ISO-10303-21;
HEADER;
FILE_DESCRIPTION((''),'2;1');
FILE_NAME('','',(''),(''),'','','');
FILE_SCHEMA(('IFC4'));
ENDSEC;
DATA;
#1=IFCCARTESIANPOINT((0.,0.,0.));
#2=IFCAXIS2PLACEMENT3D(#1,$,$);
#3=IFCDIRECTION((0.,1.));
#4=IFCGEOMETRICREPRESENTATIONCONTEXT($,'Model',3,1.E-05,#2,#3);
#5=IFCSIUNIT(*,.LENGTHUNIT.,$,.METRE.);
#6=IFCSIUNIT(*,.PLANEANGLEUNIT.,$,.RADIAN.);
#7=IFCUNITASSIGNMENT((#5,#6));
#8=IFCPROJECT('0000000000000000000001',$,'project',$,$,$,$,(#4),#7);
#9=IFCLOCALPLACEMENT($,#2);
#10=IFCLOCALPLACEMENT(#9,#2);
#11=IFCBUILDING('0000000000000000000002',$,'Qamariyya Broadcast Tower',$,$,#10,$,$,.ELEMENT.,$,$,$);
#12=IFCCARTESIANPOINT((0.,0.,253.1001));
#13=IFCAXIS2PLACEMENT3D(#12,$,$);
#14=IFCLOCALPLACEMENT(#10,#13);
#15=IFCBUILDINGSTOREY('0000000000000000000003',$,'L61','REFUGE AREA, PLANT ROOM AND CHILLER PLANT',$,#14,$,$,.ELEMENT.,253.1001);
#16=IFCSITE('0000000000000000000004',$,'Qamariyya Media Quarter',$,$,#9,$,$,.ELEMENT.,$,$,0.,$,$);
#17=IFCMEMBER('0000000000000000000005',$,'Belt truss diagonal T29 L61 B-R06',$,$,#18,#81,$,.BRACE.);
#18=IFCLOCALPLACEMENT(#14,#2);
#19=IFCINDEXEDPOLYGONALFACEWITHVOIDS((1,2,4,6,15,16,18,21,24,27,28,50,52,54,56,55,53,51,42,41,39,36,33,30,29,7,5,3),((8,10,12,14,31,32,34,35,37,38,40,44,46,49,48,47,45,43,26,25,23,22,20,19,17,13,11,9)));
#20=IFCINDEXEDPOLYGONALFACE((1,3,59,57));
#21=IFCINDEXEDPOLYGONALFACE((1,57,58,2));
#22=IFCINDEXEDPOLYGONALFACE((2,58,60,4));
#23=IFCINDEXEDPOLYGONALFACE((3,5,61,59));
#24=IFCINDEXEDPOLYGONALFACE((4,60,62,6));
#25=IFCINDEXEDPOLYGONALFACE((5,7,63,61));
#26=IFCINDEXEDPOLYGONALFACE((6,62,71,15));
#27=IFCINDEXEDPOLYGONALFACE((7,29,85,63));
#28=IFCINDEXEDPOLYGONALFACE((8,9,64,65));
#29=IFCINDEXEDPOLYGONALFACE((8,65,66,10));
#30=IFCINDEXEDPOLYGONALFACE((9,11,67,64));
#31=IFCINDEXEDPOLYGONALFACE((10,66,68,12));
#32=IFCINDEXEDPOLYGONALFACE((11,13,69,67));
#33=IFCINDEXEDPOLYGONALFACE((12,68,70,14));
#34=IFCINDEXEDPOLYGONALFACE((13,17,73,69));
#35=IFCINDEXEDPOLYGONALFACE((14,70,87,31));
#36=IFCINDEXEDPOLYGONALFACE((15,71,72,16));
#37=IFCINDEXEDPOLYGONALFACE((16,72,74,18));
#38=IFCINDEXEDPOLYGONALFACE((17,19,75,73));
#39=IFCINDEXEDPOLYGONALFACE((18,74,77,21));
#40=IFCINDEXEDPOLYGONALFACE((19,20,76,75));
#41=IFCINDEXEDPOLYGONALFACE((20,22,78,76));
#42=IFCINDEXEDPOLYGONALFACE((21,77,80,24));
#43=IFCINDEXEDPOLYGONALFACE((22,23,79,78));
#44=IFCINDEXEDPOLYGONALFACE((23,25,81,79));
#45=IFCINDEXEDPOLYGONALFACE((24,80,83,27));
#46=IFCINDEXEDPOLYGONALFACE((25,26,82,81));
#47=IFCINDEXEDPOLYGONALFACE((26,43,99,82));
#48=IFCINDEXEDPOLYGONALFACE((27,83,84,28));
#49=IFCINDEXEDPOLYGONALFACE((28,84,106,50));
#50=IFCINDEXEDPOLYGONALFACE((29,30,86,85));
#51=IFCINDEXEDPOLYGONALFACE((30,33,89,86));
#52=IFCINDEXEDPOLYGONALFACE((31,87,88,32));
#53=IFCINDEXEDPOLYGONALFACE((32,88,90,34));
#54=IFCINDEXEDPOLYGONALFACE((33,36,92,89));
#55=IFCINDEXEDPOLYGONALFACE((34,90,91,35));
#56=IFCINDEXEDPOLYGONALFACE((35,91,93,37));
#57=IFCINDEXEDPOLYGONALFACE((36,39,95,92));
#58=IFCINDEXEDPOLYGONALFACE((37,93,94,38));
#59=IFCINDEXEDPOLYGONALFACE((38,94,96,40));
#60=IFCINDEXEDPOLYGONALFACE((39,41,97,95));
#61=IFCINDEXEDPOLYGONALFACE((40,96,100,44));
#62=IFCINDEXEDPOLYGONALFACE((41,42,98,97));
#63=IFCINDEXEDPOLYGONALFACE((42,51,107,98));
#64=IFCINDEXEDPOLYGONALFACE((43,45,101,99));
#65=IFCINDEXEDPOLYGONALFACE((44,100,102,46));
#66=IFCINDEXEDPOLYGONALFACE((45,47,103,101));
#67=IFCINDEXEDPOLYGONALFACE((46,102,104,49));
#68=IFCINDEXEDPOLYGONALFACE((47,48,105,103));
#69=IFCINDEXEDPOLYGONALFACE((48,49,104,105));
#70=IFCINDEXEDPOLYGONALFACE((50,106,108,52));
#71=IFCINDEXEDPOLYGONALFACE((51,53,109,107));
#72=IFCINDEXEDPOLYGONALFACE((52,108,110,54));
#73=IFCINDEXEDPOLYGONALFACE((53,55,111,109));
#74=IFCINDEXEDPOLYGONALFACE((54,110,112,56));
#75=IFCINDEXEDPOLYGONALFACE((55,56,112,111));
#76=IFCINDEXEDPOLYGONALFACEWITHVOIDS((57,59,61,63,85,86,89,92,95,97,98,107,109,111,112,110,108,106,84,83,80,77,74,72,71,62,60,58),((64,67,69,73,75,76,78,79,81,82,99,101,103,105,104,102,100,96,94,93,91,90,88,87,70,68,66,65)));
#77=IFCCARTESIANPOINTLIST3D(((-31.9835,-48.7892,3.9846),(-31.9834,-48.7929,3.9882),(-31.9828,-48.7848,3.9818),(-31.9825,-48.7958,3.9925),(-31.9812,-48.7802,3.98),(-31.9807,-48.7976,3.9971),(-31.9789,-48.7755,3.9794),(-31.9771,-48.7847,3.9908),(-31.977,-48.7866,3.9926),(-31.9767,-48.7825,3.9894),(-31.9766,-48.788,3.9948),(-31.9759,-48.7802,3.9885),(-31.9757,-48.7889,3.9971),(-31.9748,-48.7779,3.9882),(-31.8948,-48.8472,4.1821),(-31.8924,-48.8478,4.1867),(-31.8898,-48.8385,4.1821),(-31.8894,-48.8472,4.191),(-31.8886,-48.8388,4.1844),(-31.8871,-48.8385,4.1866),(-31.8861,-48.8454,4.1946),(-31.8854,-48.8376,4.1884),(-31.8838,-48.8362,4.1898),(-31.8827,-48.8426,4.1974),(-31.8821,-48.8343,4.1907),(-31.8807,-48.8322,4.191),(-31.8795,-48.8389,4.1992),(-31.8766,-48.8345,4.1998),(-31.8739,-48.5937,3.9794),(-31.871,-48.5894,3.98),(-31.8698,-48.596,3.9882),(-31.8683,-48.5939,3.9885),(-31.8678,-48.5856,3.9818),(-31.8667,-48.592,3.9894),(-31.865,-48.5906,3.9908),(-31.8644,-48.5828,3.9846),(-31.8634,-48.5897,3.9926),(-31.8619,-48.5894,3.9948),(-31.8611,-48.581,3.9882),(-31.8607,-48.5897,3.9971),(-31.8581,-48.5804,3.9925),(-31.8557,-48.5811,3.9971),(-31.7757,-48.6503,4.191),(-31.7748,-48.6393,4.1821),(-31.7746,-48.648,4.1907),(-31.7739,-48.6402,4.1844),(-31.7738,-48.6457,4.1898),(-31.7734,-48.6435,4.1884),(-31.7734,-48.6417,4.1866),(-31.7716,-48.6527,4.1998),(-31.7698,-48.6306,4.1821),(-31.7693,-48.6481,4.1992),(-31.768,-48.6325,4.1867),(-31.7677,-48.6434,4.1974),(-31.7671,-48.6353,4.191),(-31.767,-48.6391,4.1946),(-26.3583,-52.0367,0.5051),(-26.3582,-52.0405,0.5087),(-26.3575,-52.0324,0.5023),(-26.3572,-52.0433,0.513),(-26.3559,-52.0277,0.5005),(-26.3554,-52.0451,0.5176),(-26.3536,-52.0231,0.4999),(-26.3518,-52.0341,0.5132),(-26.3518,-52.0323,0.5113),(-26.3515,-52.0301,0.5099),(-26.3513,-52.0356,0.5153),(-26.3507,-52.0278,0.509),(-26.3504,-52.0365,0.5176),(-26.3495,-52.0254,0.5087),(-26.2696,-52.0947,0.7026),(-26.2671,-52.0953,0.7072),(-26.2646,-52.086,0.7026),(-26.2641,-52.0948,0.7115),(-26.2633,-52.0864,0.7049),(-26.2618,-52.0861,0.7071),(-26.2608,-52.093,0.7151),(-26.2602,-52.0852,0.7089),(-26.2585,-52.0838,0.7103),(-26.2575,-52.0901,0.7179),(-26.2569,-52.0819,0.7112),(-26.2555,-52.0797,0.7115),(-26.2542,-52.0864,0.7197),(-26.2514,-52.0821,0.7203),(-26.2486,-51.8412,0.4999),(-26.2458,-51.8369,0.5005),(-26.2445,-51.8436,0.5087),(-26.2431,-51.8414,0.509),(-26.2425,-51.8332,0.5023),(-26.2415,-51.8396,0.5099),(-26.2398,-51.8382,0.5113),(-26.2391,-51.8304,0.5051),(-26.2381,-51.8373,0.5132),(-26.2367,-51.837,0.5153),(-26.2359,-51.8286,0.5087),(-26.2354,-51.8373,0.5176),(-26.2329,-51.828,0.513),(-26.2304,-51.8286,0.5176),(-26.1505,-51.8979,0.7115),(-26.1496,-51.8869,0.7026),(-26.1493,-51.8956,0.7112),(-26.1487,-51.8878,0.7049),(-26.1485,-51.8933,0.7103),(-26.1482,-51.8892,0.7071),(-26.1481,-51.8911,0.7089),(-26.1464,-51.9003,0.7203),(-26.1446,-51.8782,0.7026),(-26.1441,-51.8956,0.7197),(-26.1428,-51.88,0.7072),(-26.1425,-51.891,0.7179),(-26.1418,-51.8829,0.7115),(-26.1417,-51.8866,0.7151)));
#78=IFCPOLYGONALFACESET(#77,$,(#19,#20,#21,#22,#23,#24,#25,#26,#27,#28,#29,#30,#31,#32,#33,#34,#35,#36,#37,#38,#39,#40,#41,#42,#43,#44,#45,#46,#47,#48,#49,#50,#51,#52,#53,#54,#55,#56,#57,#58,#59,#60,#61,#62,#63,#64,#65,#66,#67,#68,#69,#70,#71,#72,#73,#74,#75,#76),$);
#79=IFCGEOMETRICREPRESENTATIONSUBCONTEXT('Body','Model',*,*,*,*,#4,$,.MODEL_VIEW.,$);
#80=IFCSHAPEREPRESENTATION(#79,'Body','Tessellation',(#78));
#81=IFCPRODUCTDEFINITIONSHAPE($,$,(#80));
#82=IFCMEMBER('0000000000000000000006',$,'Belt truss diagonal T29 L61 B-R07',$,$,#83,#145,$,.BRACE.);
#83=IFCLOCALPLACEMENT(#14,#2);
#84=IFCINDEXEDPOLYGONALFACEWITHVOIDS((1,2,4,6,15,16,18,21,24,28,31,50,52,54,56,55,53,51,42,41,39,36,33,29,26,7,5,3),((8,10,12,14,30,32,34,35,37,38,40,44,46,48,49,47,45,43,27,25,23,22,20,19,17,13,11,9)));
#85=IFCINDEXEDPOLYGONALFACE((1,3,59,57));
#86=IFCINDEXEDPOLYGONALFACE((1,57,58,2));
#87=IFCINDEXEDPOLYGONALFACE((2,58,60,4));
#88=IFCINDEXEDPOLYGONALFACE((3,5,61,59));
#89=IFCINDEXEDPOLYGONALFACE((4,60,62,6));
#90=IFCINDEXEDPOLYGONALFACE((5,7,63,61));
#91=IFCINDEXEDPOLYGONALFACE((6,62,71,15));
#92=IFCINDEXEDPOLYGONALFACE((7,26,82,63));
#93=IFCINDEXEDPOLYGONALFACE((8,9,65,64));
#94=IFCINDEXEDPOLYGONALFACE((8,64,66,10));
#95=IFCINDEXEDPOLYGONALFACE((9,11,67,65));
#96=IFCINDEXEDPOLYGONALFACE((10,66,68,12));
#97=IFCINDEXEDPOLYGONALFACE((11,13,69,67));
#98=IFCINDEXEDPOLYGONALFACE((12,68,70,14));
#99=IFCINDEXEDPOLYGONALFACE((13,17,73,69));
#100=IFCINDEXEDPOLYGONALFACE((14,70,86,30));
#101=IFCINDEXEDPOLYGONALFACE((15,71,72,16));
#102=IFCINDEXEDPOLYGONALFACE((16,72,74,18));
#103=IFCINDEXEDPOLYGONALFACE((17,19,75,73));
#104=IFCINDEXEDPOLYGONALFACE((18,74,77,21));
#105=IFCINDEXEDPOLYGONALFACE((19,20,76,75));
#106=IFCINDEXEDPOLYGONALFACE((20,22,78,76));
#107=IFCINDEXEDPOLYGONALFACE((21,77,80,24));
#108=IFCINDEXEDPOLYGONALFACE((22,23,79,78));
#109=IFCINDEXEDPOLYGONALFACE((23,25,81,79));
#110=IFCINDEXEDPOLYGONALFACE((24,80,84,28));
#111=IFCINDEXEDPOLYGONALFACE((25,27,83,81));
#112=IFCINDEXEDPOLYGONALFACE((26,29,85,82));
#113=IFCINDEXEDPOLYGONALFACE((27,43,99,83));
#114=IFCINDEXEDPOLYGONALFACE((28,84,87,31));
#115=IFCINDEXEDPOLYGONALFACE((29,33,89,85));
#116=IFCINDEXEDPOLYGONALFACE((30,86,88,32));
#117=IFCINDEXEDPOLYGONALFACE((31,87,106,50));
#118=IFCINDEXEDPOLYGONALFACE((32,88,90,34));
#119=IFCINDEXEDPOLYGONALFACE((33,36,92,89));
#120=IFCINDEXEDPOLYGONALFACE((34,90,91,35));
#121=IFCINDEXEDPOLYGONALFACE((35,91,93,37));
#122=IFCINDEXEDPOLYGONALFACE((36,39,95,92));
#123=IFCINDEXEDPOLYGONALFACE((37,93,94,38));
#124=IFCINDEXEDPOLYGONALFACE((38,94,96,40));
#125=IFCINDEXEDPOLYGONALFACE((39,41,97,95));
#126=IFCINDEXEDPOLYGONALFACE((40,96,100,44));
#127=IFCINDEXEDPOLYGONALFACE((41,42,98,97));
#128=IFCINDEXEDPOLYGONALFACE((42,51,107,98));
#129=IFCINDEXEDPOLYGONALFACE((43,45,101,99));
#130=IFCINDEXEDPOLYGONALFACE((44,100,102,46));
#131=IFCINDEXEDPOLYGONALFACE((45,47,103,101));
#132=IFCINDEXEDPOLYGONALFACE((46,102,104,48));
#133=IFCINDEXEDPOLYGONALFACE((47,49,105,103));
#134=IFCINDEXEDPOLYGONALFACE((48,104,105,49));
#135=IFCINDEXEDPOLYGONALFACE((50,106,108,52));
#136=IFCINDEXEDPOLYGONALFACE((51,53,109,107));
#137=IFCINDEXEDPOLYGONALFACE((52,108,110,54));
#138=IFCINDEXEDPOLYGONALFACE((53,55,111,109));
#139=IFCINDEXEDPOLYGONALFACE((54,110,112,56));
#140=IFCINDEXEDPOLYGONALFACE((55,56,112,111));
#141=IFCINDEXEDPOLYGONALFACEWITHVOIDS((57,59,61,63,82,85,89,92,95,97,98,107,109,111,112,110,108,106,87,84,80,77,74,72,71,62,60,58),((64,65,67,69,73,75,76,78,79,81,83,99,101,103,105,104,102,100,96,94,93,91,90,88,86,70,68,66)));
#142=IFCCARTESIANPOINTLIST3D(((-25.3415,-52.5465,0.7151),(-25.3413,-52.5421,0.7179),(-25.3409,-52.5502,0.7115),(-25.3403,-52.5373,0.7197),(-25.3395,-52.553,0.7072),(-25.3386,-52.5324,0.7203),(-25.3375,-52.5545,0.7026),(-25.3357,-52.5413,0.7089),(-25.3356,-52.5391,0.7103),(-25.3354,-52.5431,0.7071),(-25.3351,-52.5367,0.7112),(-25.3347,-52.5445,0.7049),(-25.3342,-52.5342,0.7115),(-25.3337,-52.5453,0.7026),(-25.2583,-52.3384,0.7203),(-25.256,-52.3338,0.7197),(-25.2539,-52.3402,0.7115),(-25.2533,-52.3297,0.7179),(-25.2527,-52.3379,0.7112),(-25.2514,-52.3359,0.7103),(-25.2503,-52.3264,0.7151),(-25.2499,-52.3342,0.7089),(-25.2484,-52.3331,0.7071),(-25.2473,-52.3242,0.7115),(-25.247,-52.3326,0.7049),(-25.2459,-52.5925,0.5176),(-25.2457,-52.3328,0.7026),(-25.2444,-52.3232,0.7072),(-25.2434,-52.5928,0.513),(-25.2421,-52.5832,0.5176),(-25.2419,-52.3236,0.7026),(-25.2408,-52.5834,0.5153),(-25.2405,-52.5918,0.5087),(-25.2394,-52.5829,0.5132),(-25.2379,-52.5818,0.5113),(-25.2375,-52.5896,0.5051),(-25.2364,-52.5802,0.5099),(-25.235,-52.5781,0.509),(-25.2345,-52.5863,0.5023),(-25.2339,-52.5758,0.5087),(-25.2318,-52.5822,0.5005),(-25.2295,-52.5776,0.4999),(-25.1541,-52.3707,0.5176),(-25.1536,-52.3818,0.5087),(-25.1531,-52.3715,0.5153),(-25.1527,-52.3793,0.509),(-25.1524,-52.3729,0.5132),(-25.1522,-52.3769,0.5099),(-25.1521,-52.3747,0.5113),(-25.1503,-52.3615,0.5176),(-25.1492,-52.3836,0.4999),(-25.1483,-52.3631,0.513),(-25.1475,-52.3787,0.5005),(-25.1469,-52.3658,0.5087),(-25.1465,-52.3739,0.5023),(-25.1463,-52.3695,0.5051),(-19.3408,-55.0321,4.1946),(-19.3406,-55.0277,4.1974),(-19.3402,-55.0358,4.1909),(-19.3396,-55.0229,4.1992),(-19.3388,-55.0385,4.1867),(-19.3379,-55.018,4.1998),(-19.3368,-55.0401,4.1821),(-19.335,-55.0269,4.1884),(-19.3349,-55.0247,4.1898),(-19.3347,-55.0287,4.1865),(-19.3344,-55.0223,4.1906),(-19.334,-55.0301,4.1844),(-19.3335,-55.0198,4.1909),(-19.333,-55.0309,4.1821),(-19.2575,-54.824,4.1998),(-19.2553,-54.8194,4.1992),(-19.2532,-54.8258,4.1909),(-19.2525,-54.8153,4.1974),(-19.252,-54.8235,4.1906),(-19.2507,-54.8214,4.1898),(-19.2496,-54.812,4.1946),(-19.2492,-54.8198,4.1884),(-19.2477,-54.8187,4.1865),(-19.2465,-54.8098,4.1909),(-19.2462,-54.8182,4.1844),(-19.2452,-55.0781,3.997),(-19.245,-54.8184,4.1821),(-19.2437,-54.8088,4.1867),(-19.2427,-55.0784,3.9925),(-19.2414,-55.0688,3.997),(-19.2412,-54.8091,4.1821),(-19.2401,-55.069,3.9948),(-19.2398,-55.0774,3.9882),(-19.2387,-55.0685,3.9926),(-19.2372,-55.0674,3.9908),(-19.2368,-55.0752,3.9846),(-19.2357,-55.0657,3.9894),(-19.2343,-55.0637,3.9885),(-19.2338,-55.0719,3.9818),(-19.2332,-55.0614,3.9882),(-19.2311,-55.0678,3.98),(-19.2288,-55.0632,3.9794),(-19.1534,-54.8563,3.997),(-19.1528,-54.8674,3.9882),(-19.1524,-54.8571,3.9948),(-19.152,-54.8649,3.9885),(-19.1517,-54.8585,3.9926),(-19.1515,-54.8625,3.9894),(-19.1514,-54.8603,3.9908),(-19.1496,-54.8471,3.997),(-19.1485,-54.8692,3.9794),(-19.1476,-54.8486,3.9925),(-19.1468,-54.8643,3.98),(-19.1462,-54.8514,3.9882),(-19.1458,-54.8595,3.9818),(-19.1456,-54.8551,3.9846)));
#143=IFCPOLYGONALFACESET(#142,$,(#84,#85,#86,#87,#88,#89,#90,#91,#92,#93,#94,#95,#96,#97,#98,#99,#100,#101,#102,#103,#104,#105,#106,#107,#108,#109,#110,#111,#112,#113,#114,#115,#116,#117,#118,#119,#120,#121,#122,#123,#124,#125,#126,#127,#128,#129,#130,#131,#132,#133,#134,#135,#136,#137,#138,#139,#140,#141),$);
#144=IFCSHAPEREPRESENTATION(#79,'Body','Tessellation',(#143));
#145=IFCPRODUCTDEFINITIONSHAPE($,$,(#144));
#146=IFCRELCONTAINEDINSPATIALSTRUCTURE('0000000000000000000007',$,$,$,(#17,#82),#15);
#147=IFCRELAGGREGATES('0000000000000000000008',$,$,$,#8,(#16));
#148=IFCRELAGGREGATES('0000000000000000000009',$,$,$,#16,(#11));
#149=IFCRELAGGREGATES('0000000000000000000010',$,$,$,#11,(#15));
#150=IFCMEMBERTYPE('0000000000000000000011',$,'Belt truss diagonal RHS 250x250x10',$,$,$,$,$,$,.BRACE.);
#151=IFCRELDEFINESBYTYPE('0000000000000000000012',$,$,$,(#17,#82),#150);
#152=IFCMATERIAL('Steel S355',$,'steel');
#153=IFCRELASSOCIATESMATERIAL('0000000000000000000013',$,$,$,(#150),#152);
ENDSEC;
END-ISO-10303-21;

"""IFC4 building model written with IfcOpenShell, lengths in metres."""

from ifc_helpers import new_model, si_unit, direction, frame, origin, origin_2d, place, context, subcontext, project, spatial, hollow_rectangle, extrude, material, material_profile, profile_set, type_object, element, save


model = new_model("IFC4")

# Units and contexts
model_context = context("Model", 3, precision=1e-05, world=origin(), true_north=direction((0.0, 1.0)))
body_context = subcontext(model_context, "Body", "Model", "MODEL_VIEW")
ifc_project = project(units=[si_unit("LENGTHUNIT", "METRE"), si_unit("PLANEANGLEUNIT", "RADIAN")], contexts=[model_context])

# Site, building, storey
site_placement = place(None, origin())
site = spatial("IfcSite", under=ifc_project, at=site_placement, Name="Qamariyya Media Quarter", CompositionType="ELEMENT", RefElevation=0.0)
building_placement = place(site_placement, origin())
building = spatial("IfcBuilding", under=site, at=building_placement, Name="Qamariyya Broadcast Tower", CompositionType="ELEMENT")
storey_placement = place(building_placement, frame((0.0, 0.0, 253.1001)))
storey = spatial("IfcBuildingStorey", under=building, at=storey_placement, Name="L61", Description="REFUGE AREA, PLANT ROOM AND CHILLER PLANT", CompositionType="ELEMENT", Elevation=253.1001)

# Members
ifc_material_1 = material(Name="Steel S355", Category="steel")
ifc_material_profile_1 = material_profile(ifc_material_1, hollow_rectangle(XDim=0.25, YDim=0.25, WallThickness=0.01, InnerFilletRadius=0.01, OuterFilletRadius=0.02, at=origin_2d()))
ifc_profile_set_1 = profile_set([ifc_material_profile_1], Name="Steel S355")
member_type_1 = type_object("IfcMemberType", Name="Belt truss diagonal RHS 250x250x10", PredefinedType="BRACE", material=ifc_profile_set_1)
member_1_placement = place(storey_placement, frame((-31.8752, -48.7141, 4.0896), z_axis=(0.763403, -0.440727, -0.472203), x_axis=(0.499979, 0.866037, 0.0)))
element("IfcMember", 1, at=member_1_placement, inside=storey, type_object=member_type_1, Name="Belt truss diagonal T29 L61 B-R06", PredefinedType="BRACE", context=body_context, shape_type="SweptSolid", body=[
    extrude(hollow_rectangle(XDim=0.25, YDim=0.25, WallThickness=0.01, InnerFilletRadius=0.01, OuterFilletRadius=0.02, at=origin_2d()), origin(), (0.0, 0.0, 1.0), 7.3687),
])
member_2_placement = place(storey_placement, frame((-25.2439, -52.458, 0.6101), z_axis=(0.814384, -0.33733, 0.472216), x_axis=(0.382685, 0.923879, 0.0)))
element("IfcMember", 2, at=member_2_placement, inside=storey, type_object=member_type_1, Name="Belt truss diagonal T29 L61 B-R07", PredefinedType="BRACE", context=body_context, shape_type="SweptSolid", body=[
    extrude(hollow_rectangle(XDim=0.25, YDim=0.25, WallThickness=0.01, InnerFilletRadius=0.01, OuterFilletRadius=0.02, at=origin_2d()), origin(), (0.0, 0.0, 1.0), 7.3684),
])

save(model, "model.ifc")
